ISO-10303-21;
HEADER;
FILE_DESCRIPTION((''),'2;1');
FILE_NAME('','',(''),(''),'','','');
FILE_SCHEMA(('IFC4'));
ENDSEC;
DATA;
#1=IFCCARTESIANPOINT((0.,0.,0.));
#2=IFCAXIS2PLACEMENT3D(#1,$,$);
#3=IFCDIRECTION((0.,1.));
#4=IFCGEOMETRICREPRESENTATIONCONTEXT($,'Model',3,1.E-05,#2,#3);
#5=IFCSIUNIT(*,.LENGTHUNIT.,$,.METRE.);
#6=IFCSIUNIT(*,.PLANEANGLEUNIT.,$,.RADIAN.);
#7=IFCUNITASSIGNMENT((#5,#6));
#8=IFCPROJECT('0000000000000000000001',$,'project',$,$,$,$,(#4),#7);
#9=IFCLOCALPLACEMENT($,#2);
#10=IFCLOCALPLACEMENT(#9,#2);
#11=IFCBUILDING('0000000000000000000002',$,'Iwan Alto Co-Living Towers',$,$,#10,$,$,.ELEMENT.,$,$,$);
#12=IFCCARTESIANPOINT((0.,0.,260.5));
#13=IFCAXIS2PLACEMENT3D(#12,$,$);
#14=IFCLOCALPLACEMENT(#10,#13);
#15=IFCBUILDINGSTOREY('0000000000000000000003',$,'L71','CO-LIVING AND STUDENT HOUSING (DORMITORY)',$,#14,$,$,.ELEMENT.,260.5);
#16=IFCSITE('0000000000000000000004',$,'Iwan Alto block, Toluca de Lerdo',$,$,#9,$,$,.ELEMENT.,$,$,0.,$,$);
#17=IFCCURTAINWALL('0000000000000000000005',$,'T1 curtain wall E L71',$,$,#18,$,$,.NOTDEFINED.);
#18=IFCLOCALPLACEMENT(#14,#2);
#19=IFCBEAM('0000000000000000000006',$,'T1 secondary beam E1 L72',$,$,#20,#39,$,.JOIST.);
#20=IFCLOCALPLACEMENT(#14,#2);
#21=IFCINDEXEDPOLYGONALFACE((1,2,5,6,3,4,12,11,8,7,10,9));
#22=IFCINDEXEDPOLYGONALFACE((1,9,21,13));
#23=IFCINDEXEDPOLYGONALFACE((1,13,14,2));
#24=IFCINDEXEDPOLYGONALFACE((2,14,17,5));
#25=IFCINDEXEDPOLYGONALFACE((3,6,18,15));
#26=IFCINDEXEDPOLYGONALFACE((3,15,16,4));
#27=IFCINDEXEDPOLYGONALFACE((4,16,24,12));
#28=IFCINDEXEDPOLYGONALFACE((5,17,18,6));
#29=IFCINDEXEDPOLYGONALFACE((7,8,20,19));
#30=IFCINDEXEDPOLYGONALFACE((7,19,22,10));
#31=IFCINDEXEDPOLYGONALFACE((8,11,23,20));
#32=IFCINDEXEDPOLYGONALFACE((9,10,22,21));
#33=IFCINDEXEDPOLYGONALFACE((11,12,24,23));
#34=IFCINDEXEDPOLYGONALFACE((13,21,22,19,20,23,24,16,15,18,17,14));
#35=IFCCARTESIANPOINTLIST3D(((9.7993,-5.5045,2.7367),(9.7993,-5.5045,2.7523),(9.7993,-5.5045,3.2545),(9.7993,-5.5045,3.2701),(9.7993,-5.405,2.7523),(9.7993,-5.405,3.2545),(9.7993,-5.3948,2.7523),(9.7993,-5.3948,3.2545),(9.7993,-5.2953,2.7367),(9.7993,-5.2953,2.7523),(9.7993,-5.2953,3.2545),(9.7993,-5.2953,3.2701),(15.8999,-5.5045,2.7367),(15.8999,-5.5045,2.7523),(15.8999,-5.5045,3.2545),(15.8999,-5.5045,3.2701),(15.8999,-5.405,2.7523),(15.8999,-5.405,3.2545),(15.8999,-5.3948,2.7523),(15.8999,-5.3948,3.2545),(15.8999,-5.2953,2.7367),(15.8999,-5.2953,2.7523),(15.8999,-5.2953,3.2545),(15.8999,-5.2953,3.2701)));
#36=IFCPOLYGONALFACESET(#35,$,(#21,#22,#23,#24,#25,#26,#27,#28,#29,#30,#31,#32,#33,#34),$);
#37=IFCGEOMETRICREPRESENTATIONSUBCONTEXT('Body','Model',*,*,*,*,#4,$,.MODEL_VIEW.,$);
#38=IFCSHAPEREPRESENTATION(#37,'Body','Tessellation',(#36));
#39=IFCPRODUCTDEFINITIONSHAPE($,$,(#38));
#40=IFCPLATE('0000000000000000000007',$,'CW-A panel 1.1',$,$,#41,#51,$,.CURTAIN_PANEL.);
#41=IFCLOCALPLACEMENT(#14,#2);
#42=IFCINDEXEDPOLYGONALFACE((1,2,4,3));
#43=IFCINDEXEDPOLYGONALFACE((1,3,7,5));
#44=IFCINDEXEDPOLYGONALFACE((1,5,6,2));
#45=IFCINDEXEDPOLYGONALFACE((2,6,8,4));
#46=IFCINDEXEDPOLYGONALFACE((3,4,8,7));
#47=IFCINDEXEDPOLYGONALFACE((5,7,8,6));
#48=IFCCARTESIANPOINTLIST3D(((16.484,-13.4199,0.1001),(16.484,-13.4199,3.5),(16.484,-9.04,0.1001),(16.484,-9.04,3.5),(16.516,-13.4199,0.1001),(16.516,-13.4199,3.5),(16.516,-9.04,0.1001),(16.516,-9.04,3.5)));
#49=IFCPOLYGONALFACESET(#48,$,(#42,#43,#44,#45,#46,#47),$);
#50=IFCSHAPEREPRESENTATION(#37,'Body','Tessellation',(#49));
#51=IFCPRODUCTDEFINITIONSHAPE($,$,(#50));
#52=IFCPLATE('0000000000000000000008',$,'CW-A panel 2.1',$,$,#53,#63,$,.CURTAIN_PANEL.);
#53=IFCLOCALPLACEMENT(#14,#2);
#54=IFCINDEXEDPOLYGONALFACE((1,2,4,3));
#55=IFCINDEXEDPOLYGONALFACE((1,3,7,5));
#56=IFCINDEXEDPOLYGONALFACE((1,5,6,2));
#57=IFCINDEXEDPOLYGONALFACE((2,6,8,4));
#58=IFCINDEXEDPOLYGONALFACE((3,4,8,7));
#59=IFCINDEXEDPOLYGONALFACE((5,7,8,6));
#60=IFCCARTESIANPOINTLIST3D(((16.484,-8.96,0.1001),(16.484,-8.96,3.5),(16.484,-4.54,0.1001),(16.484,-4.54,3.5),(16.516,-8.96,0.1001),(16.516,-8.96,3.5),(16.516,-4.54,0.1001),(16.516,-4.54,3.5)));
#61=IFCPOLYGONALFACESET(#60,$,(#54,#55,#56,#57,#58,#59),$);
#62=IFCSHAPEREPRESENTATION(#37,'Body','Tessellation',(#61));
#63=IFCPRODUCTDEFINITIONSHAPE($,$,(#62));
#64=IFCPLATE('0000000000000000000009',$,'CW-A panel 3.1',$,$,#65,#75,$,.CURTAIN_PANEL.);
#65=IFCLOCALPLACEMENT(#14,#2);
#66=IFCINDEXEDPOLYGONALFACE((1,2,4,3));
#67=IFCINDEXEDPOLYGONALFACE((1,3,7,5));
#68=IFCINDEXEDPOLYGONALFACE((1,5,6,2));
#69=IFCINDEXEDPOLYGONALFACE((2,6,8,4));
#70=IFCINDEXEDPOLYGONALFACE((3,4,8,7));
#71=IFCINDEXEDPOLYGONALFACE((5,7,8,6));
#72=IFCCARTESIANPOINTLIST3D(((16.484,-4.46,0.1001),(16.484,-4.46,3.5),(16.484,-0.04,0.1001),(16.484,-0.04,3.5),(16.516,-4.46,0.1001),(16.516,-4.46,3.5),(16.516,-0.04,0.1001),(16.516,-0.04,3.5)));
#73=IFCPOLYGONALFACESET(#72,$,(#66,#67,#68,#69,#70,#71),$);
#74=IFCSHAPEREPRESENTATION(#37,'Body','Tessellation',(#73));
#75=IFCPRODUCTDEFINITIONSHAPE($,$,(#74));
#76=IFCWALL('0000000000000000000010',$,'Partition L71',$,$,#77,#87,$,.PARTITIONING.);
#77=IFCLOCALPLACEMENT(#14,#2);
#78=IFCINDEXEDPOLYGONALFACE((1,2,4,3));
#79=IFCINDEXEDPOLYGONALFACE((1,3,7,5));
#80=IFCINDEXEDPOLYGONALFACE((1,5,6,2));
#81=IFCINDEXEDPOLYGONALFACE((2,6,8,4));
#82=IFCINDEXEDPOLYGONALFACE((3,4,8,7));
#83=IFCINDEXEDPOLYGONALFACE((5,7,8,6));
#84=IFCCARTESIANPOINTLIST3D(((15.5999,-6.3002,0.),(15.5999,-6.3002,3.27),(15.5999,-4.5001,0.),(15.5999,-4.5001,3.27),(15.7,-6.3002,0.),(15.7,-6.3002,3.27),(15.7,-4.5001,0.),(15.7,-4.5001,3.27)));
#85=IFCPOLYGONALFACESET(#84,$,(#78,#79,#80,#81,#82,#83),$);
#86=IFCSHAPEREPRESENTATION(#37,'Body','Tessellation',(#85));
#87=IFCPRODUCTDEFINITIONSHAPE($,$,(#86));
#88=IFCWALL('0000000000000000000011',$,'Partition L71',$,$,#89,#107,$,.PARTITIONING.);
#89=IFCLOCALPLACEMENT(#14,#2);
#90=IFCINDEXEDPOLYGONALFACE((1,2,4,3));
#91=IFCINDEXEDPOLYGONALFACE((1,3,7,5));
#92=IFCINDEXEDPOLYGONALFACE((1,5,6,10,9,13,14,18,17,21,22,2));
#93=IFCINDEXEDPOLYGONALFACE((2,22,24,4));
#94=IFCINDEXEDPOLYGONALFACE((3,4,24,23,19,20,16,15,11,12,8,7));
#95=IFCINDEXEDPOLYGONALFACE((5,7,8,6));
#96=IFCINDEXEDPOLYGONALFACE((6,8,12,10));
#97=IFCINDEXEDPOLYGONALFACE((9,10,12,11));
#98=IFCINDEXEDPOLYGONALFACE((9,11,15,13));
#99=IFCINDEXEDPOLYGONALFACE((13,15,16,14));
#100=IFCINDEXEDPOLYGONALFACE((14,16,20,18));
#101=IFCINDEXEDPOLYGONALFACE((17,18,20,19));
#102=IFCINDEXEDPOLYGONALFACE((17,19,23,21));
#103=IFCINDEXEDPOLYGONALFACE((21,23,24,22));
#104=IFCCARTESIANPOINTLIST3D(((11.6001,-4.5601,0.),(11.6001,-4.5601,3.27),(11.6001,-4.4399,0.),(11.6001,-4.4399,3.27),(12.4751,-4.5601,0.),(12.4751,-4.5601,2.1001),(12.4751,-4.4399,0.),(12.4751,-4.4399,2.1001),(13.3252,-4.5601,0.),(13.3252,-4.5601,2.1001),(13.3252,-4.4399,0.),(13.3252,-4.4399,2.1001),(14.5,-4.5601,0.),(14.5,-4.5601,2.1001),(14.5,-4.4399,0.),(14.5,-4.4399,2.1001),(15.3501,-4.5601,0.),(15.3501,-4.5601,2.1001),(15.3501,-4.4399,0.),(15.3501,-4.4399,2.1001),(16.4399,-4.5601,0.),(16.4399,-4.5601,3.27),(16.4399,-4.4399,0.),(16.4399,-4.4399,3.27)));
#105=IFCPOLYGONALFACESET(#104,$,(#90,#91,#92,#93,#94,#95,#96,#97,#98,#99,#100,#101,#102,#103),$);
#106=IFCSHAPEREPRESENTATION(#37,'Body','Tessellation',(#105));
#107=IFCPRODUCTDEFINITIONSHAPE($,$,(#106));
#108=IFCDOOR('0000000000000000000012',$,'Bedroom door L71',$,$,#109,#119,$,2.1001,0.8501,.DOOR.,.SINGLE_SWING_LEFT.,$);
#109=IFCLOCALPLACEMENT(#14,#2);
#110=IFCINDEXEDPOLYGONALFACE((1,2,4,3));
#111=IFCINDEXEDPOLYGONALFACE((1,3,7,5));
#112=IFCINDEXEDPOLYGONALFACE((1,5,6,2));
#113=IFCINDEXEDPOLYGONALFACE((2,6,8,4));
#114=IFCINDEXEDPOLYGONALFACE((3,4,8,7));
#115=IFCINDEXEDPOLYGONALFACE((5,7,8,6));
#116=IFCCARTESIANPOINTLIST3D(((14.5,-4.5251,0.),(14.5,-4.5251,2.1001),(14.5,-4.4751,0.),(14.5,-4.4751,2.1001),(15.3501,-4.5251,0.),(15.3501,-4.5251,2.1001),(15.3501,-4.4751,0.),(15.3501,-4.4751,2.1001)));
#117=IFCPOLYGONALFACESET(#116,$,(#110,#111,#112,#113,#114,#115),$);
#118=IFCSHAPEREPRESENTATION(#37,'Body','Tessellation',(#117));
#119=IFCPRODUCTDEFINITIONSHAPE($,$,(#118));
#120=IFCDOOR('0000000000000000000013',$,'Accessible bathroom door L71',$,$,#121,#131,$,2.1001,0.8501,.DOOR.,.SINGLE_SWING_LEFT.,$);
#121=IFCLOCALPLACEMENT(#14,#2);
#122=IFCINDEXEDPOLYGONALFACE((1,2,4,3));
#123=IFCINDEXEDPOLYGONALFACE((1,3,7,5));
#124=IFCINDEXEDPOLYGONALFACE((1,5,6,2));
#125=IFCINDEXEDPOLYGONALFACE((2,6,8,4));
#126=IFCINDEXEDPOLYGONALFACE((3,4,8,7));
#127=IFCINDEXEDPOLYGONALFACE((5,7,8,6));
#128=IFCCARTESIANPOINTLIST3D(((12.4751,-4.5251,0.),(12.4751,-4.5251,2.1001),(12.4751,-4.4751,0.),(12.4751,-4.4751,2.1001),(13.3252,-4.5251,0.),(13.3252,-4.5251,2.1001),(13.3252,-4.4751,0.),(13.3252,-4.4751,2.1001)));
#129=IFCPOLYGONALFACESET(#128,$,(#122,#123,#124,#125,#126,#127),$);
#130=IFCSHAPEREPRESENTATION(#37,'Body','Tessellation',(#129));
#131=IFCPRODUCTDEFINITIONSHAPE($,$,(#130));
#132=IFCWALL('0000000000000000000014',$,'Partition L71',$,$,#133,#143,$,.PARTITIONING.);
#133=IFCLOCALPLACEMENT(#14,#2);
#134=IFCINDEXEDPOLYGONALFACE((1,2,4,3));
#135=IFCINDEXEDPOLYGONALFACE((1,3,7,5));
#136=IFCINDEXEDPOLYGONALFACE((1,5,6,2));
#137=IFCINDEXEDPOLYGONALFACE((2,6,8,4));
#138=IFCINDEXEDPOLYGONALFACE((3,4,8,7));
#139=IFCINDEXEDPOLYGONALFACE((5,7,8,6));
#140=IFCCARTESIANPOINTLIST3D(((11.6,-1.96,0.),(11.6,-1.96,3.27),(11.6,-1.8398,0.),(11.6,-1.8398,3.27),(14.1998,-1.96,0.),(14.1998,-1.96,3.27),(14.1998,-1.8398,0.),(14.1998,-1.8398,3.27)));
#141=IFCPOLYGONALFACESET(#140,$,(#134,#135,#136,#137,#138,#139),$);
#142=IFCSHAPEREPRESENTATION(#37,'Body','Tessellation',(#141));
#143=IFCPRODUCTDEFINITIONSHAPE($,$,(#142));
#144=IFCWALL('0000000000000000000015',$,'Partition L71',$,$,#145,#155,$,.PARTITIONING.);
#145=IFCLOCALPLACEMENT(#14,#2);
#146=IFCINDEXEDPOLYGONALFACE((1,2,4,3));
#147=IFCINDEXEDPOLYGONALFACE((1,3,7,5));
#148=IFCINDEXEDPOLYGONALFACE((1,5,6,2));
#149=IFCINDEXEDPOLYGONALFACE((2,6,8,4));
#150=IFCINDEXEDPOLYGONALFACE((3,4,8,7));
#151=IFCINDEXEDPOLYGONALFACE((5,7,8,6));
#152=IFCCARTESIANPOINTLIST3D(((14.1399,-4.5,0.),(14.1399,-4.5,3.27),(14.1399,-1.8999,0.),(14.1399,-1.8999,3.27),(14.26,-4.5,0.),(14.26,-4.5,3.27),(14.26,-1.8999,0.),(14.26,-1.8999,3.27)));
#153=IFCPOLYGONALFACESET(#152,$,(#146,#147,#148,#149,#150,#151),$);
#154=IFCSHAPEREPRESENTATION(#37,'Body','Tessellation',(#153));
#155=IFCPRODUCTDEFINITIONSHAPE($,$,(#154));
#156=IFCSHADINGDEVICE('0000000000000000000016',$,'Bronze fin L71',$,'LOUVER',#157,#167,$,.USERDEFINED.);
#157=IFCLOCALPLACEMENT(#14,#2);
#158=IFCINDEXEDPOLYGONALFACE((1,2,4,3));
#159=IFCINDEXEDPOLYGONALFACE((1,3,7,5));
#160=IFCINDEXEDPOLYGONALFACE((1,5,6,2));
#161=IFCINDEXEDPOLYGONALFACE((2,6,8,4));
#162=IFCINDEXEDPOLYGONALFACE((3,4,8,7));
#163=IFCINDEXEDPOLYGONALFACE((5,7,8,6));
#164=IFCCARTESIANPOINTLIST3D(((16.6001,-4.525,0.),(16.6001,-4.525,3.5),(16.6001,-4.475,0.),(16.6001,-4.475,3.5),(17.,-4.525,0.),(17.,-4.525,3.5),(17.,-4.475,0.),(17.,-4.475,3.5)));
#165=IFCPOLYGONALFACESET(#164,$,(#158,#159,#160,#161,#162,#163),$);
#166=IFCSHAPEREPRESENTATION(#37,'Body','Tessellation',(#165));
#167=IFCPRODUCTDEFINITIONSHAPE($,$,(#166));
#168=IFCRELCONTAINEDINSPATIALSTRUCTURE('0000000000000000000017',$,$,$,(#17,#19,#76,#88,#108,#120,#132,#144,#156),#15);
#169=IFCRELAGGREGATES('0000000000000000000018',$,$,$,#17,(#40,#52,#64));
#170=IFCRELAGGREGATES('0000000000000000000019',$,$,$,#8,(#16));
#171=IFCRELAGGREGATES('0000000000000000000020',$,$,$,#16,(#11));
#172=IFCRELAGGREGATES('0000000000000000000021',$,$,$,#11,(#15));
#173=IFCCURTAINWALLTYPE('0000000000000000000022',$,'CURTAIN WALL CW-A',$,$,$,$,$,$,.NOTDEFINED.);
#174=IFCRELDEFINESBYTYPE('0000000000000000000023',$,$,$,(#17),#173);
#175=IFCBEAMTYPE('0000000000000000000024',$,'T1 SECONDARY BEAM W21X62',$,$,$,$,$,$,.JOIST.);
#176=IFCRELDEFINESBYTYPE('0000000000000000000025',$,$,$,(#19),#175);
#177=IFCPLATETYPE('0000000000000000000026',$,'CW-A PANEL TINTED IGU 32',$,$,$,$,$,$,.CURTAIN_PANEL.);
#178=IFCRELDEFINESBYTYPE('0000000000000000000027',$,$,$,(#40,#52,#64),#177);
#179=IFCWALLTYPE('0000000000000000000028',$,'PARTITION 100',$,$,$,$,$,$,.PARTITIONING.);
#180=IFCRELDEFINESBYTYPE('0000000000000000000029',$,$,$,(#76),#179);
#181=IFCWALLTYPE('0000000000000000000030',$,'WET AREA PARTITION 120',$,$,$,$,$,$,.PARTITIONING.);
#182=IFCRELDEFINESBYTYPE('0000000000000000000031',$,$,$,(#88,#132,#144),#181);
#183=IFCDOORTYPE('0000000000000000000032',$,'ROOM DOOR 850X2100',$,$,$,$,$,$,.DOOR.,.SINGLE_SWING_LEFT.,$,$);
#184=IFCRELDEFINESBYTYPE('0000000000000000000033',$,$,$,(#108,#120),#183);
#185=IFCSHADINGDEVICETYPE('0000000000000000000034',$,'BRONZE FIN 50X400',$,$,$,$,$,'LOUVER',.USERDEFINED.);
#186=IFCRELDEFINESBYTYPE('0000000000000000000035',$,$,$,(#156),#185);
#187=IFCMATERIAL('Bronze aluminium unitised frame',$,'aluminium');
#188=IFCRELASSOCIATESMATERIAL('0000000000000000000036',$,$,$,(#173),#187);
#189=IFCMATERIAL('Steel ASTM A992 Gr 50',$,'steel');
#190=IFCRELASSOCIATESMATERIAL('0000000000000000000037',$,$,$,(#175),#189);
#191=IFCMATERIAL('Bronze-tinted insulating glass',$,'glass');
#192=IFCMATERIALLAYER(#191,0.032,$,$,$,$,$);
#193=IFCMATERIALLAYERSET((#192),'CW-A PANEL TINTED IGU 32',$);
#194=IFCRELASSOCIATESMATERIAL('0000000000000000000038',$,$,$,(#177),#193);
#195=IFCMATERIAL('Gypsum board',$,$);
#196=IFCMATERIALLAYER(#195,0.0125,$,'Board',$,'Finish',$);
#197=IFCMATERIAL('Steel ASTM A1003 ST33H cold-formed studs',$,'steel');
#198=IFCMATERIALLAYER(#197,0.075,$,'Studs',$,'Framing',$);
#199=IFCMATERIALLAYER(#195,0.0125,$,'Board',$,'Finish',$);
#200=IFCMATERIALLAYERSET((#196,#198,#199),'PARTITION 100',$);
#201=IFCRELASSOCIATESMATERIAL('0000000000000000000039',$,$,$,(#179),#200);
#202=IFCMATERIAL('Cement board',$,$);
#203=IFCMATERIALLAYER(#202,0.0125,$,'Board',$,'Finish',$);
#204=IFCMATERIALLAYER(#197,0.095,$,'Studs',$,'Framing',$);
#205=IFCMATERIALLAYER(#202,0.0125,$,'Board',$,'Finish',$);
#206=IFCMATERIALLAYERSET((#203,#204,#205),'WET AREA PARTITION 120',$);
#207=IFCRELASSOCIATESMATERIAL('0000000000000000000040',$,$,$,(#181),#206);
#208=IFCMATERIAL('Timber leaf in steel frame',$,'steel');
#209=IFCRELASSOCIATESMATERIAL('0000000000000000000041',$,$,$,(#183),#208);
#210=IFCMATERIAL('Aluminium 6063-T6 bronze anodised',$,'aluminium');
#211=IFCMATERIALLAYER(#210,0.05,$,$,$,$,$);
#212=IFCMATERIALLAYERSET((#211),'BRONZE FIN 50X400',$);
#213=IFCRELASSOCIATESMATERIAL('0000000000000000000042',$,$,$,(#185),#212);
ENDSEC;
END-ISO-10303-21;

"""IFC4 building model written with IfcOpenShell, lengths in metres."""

from ifc_helpers import new_model, si_unit, direction, frame, frame_2d, origin, origin_2d, place, context, subcontext, project, spatial, rectangle, i_section, extrude, material, layer, layer_set, material_profile, profile_set, type_object, element, fill, aggregate, save


model = new_model("IFC4")

# Units and contexts
model_context = context("Model", 3, precision=1e-05, world=origin(), true_north=direction((0.0, 1.0)))
body_context = subcontext(model_context, "Body", "Model", "MODEL_VIEW")
ifc_project = project(units=[si_unit("LENGTHUNIT", "METRE"), si_unit("PLANEANGLEUNIT", "RADIAN")], contexts=[model_context])

# Site, building, storey
site_placement = place(None, origin())
site = spatial("IfcSite", under=ifc_project, at=site_placement, Name="Iwan Alto block, Toluca de Lerdo", CompositionType="ELEMENT", RefElevation=0.0)
building_placement = place(site_placement, origin())
building = spatial("IfcBuilding", under=site, at=building_placement, Name="Iwan Alto Co-Living Towers", CompositionType="ELEMENT")
storey_placement = place(building_placement, frame((0.0, 0.0, 260.5)))
storey = spatial("IfcBuildingStorey", under=building, at=storey_placement, Name="L71", Description="CO-LIVING AND STUDENT HOUSING (DORMITORY)", CompositionType="ELEMENT", Elevation=260.5)

# Curtain wall
ifc_material_1 = material(Name="Bronze aluminium unitised frame", Category="aluminium")
curtain_wall_type = type_object("IfcCurtainWallType", Name="CURTAIN WALL CW-A", PredefinedType="NOTDEFINED", material=ifc_material_1)
curtain_wall_placement = place(storey_placement, origin())
curtain_wall = element("IfcCurtainWall", 1, at=curtain_wall_placement, inside=storey, type_object=curtain_wall_type, Name="T1 curtain wall E L71", PredefinedType="NOTDEFINED")

# Beam
ifc_material_2 = material(Name="Steel ASTM A992 Gr 50", Category="steel")
ifc_material_profile_1 = material_profile(ifc_material_2, i_section(OverallWidth=0.2092, OverallDepth=0.5334, WebThickness=0.0103, FlangeThickness=0.0156, at=origin_2d()), Name="W21X62")
ifc_profile_set_1 = profile_set([ifc_material_profile_1], Name="Steel ASTM A992 Gr 50")
beam_type_1 = type_object("IfcBeamType", Name="T1 SECONDARY BEAM W21X62", PredefinedType="JOIST", material=ifc_profile_set_1)
beam_1_placement = place(storey_placement, frame((15.8999, -5.3999, 3.0034), z_axis=(-1.0, 0.0, 0.0), x_axis=(0.0, -1.0, 0.0)))
element("IfcBeam", 2, at=beam_1_placement, inside=storey, type_object=beam_type_1, Name="T1 secondary beam E1 L72", PredefinedType="JOIST", context=body_context, shape_type="SweptSolid", body=[
    extrude(i_section(OverallWidth=0.2092, OverallDepth=0.5334, WebThickness=0.0103, FlangeThickness=0.0156, at=origin_2d()), origin(), (0.0, 0.0, 1.0), 6.1006),
])

# Plates
ifc_material_3 = material(Name="Bronze-tinted insulating glass", Category="glass")
ifc_layer_1 = layer(ifc_material_3, 0.032)
ifc_layer_set_1 = layer_set([ifc_layer_1], Name="CW-A PANEL TINTED IGU 32")
plate_type = type_object("IfcPlateType", Name="CW-A PANEL TINTED IGU 32", PredefinedType="CURTAIN_PANEL", material=ifc_layer_set_1)
plate_1_placement = place(storey_placement, frame((16.5, -11.23, 0.1001), z_axis=(0.0, 0.0, 1.0), x_axis=(0.0, 1.0, 0.0)))
plate_1 = element("IfcPlate", 3, at=plate_1_placement, type_object=plate_type, Name="CW-A panel 1.1", PredefinedType="CURTAIN_PANEL", context=body_context, shape_type="SweptSolid", body=[
    extrude(rectangle(XDim=4.3799, YDim=0.032, at=origin_2d()), origin(), (0.0, 0.0, 1.0), 3.3999),
])
plate_2_placement = place(storey_placement, frame((16.5, -6.75, 0.1001), z_axis=(0.0, 0.0, 1.0), x_axis=(0.0, 1.0, 0.0)))
plate_2 = element("IfcPlate", 4, at=plate_2_placement, type_object=plate_type, Name="CW-A panel 2.1", PredefinedType="CURTAIN_PANEL", context=body_context, shape_type="SweptSolid", body=[
    extrude(rectangle(XDim=4.4199, YDim=0.032, at=origin_2d()), origin(), (0.0, 0.0, 1.0), 3.3999),
])
plate_3_placement = place(storey_placement, frame((16.5, -2.25, 0.1001), z_axis=(0.0, 0.0, 1.0), x_axis=(0.0, 1.0, 0.0)))
plate_3 = element("IfcPlate", 5, at=plate_3_placement, type_object=plate_type, Name="CW-A panel 3.1", PredefinedType="CURTAIN_PANEL", context=body_context, shape_type="SweptSolid", body=[
    extrude(rectangle(XDim=4.4199, YDim=0.032, at=origin_2d()), origin(), (0.0, 0.0, 1.0), 3.3999),
])
aggregate(curtain_wall, [plate_1, plate_2, plate_3])

# Wall
ifc_material_4 = material(Name="Gypsum board")
ifc_layer_2 = layer(ifc_material_4, 0.0125, Name="Board", Category="Finish")
ifc_material_5 = material(Name="Steel ASTM A1003 ST33H cold-formed studs", Category="steel")
ifc_layer_3 = layer(ifc_material_5, 0.075, Name="Studs", Category="Framing")
ifc_layer_4 = layer(ifc_material_4, 0.0125, Name="Board", Category="Finish")
ifc_layer_set_2 = layer_set([ifc_layer_2, ifc_layer_3, ifc_layer_4], Name="PARTITION 100")
wall_type_1 = type_object("IfcWallType", Name="PARTITION 100", PredefinedType="PARTITIONING", material=ifc_layer_set_2)
wall_1_placement = place(storey_placement, frame((15.6499, -6.3, 0.0), z_axis=(0.0, 0.0, 1.0), x_axis=(0.0, 1.0, 0.0)))
element("IfcWall", 6, at=wall_1_placement, inside=storey, type_object=wall_type_1, Name="Partition L71", PredefinedType="PARTITIONING", context=body_context, shape_type="SweptSolid", body=[
    extrude(rectangle(XDim=1.8, YDim=0.1001, at=frame_2d((0.8999, 0.0))), origin(), (0.0, 0.0, 1.0), 3.27),
])

# Wall, openings, doors
ifc_material_6 = material(Name="Cement board")
ifc_layer_5 = layer(ifc_material_6, 0.0125, Name="Board", Category="Finish")
ifc_layer_6 = layer(ifc_material_5, 0.095, Name="Studs", Category="Framing")
ifc_layer_7 = layer(ifc_material_6, 0.0125, Name="Board", Category="Finish")
ifc_layer_set_3 = layer_set([ifc_layer_5, ifc_layer_6, ifc_layer_7], Name="WET AREA PARTITION 120")
wall_type_2 = type_object("IfcWallType", Name="WET AREA PARTITION 120", PredefinedType="PARTITIONING", material=ifc_layer_set_3)
wall_2_placement = place(storey_placement, frame((11.6001, -4.5, 0.0), z_axis=(0.0, 0.0, 1.0), x_axis=(1.0, 0.0, 0.0)))
wall_2 = element("IfcWall", 7, at=wall_2_placement, inside=storey, type_object=wall_type_2, Name="Partition L71", PredefinedType="PARTITIONING", context=body_context, shape_type="SweptSolid", body=[
    extrude(rectangle(XDim=4.8398, YDim=0.1201, at=frame_2d((2.4199, 0.0))), origin(), (0.0, 0.0, 1.0), 3.27),
])
opening_1_placement = place(wall_2_placement, frame((2.8999, 0.0, 0.0)))
opening_1 = element("IfcOpeningElement", 8, at=opening_1_placement, cuts=wall_2, PredefinedType="OPENING", context=body_context, shape_type="SweptSolid", body=[
    extrude(rectangle(XDim=0.8501, YDim=2.1001, at=frame_2d((0.425, 1.05))), frame((0.0, 0.0701, 0.0), z_axis=(0.0, -1.0, 0.0), x_axis=(1.0, 0.0, 0.0)), (0.0, 0.0, 1.0), 0.1401),
])
opening_2_placement = place(wall_2_placement, frame((0.875, 0.0, 0.0)))
opening_2 = element("IfcOpeningElement", 9, at=opening_2_placement, cuts=wall_2, PredefinedType="OPENING", context=body_context, shape_type="SweptSolid", body=[
    extrude(rectangle(XDim=0.8501, YDim=2.1001, at=frame_2d((0.425, 1.05))), frame((0.0, 0.0701, 0.0), z_axis=(0.0, -1.0, 0.0), x_axis=(1.0, 0.0, 0.0)), (0.0, 0.0, 1.0), 0.1401),
])
ifc_material_7 = material(Name="Timber leaf in steel frame", Category="steel")
door_type = type_object("IfcDoorType", Name="ROOM DOOR 850X2100", OperationType="SINGLE_SWING_LEFT", PredefinedType="DOOR", material=ifc_material_7)
door_1_placement = place(opening_1_placement, origin())
door_1 = element("IfcDoor", 10, at=door_1_placement, inside=storey, type_object=door_type, Name="Bedroom door L71", OperationType="SINGLE_SWING_LEFT", OverallHeight=2.1001, OverallWidth=0.8501, PredefinedType="DOOR", context=body_context, shape_type="SweptSolid", body=[
    extrude(rectangle(XDim=0.8501, YDim=2.1001, at=frame_2d((0.425, 1.05))), frame((0.0, 0.0249, 0.0), z_axis=(0.0, -1.0, 0.0), x_axis=(1.0, 0.0, 0.0)), (0.0, 0.0, 1.0), 0.05),
])
fill(opening_1, door_1)
door_2_placement = place(opening_2_placement, origin())
door_2 = element("IfcDoor", 11, at=door_2_placement, inside=storey, type_object=door_type, Name="Accessible bathroom door L71", OperationType="SINGLE_SWING_LEFT", OverallHeight=2.1001, OverallWidth=0.8501, PredefinedType="DOOR", context=body_context, shape_type="SweptSolid", body=[
    extrude(rectangle(XDim=0.8501, YDim=2.1001, at=frame_2d((0.425, 1.05))), frame((0.0, 0.0249, 0.0), z_axis=(0.0, -1.0, 0.0), x_axis=(1.0, 0.0, 0.0)), (0.0, 0.0, 1.0), 0.05),
])
fill(opening_2, door_2)

# Walls
wall_3_placement = place(storey_placement, frame((11.6001, -1.8999, 0.0), z_axis=(0.0, 0.0, 1.0), x_axis=(1.0, 0.0, 0.0)))
element("IfcWall", 12, at=wall_3_placement, inside=storey, type_object=wall_type_2, Name="Partition L71", PredefinedType="PARTITIONING", context=body_context, shape_type="SweptSolid", body=[
    extrude(rectangle(XDim=2.5999, YDim=0.1201, at=frame_2d((1.2998, 0.0))), origin(), (0.0, 0.0, 1.0), 3.27),
])
wall_4_placement = place(storey_placement, frame((14.2, -4.5, 0.0), z_axis=(0.0, 0.0, 1.0), x_axis=(0.0, 1.0, 0.0)))
element("IfcWall", 13, at=wall_4_placement, inside=storey, type_object=wall_type_2, Name="Partition L71", PredefinedType="PARTITIONING", context=body_context, shape_type="SweptSolid", body=[
    extrude(rectangle(XDim=2.6001, YDim=0.1201, at=frame_2d((1.3, 0.0))), origin(), (0.0, 0.0, 1.0), 3.27),
])

# Shading device
ifc_material_8 = material(Name="Aluminium 6063-T6 bronze anodised", Category="aluminium")
ifc_layer_8 = layer(ifc_material_8, 0.05)
ifc_layer_set_4 = layer_set([ifc_layer_8], Name="BRONZE FIN 50X400")
shading_device_type = type_object("IfcShadingDeviceType", Name="BRONZE FIN 50X400", ElementType="LOUVER", PredefinedType="USERDEFINED", material=ifc_layer_set_4)
shading_device_placement = place(storey_placement, frame((16.8, -4.5, 0.0), z_axis=(0.0, 0.0, 1.0), x_axis=(0.0, 1.0, 0.0)))
element("IfcShadingDevice", 14, at=shading_device_placement, inside=storey, type_object=shading_device_type, Name="Bronze fin L71", ObjectType="LOUVER", PredefinedType="USERDEFINED", context=body_context, shape_type="SweptSolid", body=[
    extrude(rectangle(XDim=0.05, YDim=0.3999, at=origin_2d()), origin(), (0.0, 0.0, 1.0), 3.5),
])

save(model, "model.ifc")
